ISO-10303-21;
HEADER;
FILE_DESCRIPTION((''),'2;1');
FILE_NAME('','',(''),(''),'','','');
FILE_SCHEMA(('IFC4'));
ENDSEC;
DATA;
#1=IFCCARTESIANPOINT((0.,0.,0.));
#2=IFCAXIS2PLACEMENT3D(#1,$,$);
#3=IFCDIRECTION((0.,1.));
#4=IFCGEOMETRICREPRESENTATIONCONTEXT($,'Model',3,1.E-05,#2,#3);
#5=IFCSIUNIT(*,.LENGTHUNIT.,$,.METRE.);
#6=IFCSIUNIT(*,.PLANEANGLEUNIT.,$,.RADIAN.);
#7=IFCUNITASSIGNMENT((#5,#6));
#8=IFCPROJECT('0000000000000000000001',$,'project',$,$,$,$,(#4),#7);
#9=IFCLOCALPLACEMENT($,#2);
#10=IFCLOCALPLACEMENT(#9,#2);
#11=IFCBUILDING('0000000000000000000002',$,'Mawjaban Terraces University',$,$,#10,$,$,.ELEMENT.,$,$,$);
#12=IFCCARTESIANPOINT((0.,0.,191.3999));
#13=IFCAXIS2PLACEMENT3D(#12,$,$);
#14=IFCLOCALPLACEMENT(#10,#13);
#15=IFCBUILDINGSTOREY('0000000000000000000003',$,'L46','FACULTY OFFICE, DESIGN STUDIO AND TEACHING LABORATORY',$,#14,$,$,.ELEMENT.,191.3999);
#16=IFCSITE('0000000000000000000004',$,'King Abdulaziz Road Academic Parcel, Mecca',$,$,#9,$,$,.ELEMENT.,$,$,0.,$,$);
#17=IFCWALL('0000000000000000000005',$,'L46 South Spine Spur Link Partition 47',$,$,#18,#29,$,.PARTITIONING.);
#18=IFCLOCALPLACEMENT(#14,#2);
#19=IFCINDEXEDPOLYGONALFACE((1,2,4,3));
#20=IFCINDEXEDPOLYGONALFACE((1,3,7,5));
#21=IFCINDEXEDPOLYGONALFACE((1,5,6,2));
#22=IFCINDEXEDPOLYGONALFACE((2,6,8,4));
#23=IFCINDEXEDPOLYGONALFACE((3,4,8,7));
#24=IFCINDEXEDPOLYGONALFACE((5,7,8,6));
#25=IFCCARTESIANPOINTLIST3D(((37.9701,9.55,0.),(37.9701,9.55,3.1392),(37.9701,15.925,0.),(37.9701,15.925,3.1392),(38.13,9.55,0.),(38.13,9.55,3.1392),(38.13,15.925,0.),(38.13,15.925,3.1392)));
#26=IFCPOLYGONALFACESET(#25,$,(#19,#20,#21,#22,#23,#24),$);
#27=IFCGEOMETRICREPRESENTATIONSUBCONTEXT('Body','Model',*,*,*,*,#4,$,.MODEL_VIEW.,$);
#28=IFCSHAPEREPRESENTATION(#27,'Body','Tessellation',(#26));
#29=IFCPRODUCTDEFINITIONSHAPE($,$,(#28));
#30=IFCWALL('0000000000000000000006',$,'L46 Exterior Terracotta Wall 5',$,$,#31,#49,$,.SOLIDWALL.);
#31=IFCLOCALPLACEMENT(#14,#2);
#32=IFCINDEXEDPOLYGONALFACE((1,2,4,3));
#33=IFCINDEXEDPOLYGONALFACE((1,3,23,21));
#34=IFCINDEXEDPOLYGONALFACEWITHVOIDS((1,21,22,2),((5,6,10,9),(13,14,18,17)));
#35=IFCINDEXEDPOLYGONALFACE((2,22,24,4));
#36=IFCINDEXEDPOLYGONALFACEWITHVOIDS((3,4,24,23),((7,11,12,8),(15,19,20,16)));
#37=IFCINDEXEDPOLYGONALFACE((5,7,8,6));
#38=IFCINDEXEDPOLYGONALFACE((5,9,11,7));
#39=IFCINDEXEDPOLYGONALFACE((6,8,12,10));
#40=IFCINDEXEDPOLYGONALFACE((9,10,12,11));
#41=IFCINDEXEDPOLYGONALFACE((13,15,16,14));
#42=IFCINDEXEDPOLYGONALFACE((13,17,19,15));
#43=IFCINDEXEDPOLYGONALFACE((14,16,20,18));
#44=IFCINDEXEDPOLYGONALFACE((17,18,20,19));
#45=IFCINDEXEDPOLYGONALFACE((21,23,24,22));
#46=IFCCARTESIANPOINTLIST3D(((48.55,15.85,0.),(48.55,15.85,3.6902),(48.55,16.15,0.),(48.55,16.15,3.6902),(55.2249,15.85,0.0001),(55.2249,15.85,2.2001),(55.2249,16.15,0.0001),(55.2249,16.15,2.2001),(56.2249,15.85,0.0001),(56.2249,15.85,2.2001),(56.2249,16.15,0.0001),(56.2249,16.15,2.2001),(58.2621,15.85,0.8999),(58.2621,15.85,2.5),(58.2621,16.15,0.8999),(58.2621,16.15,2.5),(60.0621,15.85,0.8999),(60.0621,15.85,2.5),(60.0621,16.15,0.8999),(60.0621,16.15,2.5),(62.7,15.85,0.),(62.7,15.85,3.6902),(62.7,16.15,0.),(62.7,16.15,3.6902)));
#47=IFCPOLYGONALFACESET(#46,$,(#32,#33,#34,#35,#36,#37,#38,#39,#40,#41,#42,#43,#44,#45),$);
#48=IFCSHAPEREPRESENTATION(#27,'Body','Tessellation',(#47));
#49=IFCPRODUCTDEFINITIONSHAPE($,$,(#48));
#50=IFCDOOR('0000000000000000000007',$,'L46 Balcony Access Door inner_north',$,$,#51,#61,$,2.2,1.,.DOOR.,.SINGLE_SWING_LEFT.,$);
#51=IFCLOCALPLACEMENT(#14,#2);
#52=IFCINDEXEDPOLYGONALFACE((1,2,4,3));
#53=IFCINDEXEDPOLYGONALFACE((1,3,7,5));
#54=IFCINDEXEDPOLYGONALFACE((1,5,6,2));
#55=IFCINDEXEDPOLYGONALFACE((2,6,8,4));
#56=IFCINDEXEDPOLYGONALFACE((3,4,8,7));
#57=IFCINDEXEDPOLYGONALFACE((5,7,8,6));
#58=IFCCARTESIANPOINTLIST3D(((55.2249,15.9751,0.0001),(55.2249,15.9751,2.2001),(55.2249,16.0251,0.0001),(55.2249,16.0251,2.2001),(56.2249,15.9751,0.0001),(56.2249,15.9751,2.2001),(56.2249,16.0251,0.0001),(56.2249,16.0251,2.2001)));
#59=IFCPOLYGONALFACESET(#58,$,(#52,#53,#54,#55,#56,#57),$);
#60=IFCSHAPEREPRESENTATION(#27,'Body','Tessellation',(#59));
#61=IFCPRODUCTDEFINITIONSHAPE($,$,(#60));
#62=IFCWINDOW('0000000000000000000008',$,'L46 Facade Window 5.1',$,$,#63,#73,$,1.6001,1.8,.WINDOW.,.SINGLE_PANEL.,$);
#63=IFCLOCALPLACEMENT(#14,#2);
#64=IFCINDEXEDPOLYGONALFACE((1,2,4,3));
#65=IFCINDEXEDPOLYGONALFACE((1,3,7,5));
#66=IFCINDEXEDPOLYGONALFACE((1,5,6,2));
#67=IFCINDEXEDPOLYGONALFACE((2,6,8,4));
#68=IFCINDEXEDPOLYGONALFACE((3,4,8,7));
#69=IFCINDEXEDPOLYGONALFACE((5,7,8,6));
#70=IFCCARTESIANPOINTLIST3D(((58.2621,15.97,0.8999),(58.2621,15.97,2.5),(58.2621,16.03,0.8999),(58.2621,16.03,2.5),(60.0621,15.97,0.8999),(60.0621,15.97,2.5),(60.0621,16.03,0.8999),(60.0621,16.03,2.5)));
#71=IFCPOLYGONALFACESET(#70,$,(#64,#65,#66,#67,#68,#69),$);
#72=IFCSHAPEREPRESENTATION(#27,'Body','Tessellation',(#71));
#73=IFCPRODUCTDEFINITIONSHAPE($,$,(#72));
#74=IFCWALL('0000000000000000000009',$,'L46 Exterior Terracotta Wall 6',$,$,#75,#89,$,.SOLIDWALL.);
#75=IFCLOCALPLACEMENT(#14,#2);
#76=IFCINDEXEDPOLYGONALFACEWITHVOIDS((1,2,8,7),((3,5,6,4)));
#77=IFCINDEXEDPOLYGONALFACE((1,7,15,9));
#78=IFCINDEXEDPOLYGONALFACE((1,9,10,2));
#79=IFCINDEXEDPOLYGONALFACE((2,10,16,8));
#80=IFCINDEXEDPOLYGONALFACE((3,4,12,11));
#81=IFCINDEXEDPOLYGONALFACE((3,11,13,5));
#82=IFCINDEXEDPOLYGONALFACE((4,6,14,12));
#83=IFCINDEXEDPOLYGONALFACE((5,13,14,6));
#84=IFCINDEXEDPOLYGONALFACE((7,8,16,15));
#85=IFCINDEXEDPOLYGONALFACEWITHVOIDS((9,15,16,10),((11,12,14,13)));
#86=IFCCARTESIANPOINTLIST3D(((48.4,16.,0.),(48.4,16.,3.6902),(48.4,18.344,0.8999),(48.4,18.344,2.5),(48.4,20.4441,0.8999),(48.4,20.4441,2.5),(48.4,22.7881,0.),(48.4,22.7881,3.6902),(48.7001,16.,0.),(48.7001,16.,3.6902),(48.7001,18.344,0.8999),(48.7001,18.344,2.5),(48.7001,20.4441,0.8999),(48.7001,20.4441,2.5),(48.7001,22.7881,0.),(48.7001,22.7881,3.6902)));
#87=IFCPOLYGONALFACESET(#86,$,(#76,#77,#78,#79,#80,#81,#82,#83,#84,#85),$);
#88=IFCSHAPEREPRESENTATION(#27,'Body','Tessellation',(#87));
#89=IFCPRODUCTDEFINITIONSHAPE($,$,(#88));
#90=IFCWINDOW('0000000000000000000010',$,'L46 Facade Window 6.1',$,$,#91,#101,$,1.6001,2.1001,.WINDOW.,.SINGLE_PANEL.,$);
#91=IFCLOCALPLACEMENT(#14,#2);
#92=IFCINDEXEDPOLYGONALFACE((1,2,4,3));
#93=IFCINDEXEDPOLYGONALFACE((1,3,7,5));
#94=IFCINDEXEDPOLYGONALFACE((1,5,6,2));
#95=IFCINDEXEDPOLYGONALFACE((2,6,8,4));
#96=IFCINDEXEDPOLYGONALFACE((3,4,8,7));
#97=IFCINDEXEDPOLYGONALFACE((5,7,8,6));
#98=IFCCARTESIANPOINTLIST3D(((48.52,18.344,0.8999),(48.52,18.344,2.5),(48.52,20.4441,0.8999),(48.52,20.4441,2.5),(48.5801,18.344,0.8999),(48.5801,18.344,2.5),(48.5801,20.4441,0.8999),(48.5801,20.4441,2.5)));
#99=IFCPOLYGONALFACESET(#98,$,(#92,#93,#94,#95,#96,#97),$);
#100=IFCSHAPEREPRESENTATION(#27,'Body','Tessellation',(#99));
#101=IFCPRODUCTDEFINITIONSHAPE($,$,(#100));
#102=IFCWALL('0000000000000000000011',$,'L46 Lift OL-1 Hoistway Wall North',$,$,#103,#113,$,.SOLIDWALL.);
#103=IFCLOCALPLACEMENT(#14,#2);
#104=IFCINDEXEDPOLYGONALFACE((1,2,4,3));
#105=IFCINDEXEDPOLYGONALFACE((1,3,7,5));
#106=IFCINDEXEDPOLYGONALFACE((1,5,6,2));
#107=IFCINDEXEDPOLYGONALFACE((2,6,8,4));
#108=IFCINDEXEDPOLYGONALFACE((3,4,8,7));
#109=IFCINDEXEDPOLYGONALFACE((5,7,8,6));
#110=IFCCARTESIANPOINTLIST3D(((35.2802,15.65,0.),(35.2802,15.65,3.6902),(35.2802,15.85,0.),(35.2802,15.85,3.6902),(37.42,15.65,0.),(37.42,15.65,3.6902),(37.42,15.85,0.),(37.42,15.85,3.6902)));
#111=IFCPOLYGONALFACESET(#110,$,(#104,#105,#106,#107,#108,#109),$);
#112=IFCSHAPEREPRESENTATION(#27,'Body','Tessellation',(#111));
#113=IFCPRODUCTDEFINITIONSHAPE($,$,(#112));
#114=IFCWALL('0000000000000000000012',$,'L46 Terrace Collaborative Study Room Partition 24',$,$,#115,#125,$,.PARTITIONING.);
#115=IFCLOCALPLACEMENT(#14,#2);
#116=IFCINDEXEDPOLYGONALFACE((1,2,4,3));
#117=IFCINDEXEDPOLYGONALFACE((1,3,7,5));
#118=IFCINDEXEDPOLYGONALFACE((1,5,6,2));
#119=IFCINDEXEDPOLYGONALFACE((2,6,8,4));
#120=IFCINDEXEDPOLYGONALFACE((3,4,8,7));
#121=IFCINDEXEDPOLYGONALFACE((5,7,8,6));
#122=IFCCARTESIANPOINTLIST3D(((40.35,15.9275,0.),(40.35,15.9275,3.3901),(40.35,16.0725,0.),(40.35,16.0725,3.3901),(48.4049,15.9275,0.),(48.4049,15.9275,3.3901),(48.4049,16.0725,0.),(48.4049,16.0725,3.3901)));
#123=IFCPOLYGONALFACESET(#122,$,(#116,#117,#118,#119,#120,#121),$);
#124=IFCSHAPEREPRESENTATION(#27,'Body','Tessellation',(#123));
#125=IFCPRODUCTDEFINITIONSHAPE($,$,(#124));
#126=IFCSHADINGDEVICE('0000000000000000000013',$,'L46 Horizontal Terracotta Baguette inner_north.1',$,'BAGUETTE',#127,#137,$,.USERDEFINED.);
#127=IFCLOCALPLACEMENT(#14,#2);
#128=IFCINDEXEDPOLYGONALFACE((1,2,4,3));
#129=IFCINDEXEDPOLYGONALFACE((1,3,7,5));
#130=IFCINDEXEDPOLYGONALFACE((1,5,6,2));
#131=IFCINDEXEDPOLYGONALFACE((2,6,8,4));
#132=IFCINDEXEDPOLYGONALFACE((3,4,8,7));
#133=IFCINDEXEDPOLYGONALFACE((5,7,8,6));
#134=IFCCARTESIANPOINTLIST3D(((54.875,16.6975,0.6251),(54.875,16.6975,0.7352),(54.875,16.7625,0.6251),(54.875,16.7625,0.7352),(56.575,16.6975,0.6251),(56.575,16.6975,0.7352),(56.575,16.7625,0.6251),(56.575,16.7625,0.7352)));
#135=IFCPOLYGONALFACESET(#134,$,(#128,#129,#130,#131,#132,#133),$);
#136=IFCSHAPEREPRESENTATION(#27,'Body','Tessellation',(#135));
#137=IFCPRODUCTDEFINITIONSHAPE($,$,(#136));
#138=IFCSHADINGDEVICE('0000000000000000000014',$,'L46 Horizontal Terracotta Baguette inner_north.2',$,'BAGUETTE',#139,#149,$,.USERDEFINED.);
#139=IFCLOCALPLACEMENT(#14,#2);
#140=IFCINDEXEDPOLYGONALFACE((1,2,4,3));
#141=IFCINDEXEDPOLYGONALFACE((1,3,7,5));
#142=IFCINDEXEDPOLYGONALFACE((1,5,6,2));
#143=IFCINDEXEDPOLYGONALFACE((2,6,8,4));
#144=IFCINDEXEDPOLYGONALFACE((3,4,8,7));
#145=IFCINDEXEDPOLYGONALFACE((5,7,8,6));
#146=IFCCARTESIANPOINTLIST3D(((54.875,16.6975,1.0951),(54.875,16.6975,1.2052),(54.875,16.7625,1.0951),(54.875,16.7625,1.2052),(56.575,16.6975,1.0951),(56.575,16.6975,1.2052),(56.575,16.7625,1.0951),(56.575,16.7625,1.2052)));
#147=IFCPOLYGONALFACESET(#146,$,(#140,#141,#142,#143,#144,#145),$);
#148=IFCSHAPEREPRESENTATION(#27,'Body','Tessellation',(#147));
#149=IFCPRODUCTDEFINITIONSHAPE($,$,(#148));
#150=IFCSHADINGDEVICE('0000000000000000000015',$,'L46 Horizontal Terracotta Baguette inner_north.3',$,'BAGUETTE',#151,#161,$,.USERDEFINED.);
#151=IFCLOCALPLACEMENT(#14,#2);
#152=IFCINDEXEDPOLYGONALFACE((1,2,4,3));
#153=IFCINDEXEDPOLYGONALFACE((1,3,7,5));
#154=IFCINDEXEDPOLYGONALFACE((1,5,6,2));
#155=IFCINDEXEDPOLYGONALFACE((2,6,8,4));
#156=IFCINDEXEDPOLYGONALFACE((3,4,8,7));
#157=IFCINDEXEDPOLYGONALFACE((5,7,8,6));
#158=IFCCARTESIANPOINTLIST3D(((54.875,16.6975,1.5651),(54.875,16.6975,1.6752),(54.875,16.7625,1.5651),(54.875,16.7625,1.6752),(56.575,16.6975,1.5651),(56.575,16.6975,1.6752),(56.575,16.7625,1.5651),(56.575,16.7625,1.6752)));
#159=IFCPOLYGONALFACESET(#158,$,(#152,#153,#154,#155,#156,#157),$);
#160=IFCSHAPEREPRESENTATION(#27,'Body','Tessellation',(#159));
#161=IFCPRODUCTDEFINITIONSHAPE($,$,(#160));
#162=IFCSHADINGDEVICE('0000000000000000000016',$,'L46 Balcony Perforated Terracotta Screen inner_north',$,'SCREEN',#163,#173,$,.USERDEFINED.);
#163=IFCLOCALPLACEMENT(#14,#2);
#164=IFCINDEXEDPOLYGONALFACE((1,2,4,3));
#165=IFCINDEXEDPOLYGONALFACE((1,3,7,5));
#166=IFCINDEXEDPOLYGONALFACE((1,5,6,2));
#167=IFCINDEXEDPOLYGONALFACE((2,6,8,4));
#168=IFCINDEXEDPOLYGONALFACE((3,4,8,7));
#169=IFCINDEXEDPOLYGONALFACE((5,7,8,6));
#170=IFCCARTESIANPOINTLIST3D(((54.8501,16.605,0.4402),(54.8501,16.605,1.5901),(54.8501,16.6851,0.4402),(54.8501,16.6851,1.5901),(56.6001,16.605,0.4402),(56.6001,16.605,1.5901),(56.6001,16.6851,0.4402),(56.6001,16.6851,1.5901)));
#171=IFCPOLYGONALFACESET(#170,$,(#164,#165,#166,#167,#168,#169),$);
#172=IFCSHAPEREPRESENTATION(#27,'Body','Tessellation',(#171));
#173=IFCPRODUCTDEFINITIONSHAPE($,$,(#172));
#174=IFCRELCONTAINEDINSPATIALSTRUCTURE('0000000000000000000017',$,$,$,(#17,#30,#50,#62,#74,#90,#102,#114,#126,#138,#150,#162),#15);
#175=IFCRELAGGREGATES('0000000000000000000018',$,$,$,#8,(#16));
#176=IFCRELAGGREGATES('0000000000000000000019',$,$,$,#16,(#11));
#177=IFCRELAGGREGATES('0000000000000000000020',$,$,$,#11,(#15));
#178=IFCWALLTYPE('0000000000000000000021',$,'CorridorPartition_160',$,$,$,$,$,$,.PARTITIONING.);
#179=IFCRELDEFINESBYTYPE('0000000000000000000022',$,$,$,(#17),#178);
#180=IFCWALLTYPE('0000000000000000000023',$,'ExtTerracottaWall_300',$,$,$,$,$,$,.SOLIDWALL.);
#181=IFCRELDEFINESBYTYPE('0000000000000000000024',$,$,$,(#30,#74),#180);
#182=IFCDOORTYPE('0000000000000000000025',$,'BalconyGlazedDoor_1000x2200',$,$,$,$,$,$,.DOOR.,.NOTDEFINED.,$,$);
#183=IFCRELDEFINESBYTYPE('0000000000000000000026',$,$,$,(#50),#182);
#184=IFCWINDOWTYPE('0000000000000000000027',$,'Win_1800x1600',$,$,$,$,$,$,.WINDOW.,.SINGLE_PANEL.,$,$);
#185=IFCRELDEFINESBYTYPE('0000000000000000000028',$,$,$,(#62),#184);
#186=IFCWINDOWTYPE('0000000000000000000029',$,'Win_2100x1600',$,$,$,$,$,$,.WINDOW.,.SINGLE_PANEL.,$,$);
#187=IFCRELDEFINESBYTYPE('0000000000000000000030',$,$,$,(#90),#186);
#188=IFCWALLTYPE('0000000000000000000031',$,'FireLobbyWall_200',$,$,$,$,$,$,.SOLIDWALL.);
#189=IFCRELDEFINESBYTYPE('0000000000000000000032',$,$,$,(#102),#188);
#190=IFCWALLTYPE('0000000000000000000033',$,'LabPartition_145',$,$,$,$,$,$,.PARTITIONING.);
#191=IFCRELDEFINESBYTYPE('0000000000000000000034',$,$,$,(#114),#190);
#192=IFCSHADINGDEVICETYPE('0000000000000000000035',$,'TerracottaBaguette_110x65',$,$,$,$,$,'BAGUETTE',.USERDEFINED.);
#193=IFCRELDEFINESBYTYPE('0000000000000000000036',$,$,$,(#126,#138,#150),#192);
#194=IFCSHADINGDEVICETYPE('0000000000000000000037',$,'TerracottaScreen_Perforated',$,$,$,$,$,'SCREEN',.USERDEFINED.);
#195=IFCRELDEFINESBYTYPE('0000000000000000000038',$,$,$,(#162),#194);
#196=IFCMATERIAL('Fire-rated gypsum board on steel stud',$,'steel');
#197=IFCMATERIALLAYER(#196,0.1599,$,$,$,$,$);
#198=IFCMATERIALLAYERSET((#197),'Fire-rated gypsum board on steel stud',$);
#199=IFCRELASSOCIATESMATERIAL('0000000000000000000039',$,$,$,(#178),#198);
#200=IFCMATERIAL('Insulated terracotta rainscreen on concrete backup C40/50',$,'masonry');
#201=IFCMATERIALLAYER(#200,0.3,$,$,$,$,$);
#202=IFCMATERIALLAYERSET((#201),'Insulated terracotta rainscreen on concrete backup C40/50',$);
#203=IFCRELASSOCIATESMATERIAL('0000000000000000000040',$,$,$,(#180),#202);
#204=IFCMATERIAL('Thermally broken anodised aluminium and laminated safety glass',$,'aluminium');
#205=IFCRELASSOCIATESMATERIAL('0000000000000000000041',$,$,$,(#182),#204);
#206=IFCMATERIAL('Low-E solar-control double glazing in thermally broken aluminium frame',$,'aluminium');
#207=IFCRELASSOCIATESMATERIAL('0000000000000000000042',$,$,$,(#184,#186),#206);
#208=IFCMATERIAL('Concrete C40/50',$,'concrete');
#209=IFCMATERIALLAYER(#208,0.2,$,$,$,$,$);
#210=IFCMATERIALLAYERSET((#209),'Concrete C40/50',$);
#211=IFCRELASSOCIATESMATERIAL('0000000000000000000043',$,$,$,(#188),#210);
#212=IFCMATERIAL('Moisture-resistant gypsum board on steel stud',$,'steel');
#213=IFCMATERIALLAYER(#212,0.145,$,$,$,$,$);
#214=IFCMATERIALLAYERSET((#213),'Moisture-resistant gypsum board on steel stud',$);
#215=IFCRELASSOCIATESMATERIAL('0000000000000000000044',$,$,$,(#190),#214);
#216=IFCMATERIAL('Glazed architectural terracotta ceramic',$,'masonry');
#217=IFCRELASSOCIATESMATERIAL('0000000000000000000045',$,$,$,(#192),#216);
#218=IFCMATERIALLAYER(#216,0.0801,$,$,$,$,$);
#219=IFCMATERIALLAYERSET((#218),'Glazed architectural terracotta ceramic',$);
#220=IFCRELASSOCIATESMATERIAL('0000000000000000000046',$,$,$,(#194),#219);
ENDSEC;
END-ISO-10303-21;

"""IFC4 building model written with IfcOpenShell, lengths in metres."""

from ifc_helpers import new_model, si_unit, direction, frame, frame_2d, origin, origin_2d, place, context, subcontext, project, spatial, rectangle, extrude, material, layer, layer_set, material_profile, profile_set, type_object, element, fill, save


model = new_model("IFC4")

# Units and contexts
model_context = context("Model", 3, precision=1e-05, world=origin(), true_north=direction((0.0, 1.0)))
body_context = subcontext(model_context, "Body", "Model", "MODEL_VIEW")
ifc_project = project(units=[si_unit("LENGTHUNIT", "METRE"), si_unit("PLANEANGLEUNIT", "RADIAN")], contexts=[model_context])

# Site, building, storey
site_placement = place(None, origin())
site = spatial("IfcSite", under=ifc_project, at=site_placement, Name="King Abdulaziz Road Academic Parcel, Mecca", CompositionType="ELEMENT", RefElevation=0.0)
building_placement = place(site_placement, origin())
building = spatial("IfcBuilding", under=site, at=building_placement, Name="Mawjaban Terraces University", CompositionType="ELEMENT")
storey_placement = place(building_placement, frame((0.0, 0.0, 191.3999)))
storey = spatial("IfcBuildingStorey", under=building, at=storey_placement, Name="L46", Description="FACULTY OFFICE, DESIGN STUDIO AND TEACHING LABORATORY", CompositionType="ELEMENT", Elevation=191.3999)

# Shared definitions
ifc_material_1 = material(Name="Fire-rated gypsum board on steel stud", Category="steel")
ifc_layer_1 = layer(ifc_material_1, 0.1599)
ifc_layer_set_1 = layer_set([ifc_layer_1], Name="Fire-rated gypsum board on steel stud")
wall_type_1 = type_object("IfcWallType", Name="CorridorPartition_160", PredefinedType="PARTITIONING", material=ifc_layer_set_1)

# Wall
wall_1_placement = place(storey_placement, frame((38.05, 15.925, 0.0), z_axis=(0.0, 0.0, 1.0), x_axis=(0.0, -1.0, 0.0)))
element("IfcWall", 1, at=wall_1_placement, inside=storey, type_object=wall_type_1, Name="L46 South Spine Spur Link Partition 47", PredefinedType="PARTITIONING", context=body_context, shape_type="SweptSolid", body=[
    extrude(rectangle(XDim=6.375, YDim=0.1599, at=frame_2d((3.1875, 0.0))), origin(), (0.0, 0.0, 1.0), 3.1392),
])

# Wall, openings, door, window
ifc_material_2 = material(Name="Insulated terracotta rainscreen on concrete backup C40/50", Category="masonry")
ifc_layer_2 = layer(ifc_material_2, 0.3)
ifc_layer_set_2 = layer_set([ifc_layer_2], Name="Insulated terracotta rainscreen on concrete backup C40/50")
wall_type_2 = type_object("IfcWallType", Name="ExtTerracottaWall_300", PredefinedType="SOLIDWALL", material=ifc_layer_set_2)
wall_2_placement = place(storey_placement, frame((62.7, 16.0, 0.0), z_axis=(0.0, 0.0, 1.0), x_axis=(-1.0, 0.0, 0.0)))
wall_2 = element("IfcWall", 2, at=wall_2_placement, inside=storey, type_object=wall_type_2, Name="L46 Exterior Terracotta Wall 5", PredefinedType="SOLIDWALL", context=body_context, shape_type="SweptSolid", body=[
    extrude(rectangle(XDim=14.1499, YDim=0.3, at=frame_2d((7.075, 0.0))), origin(), (0.0, 0.0, 1.0), 3.6902),
])
opening_1_placement = place(wall_2_placement, frame((6.4751, 0.0, 0.0)))
opening_1 = element("IfcOpeningElement", 3, at=opening_1_placement, cuts=wall_2, PredefinedType="OPENING", context=body_context, shape_type="SweptSolid", body=[
    extrude(rectangle(XDim=1.0, YDim=2.2, at=frame_2d((0.5, 1.1001))), frame((0.0, 0.1599, 0.0), z_axis=(0.0, -1.0, 0.0), x_axis=(1.0, 0.0, 0.0)), (0.0, 0.0, 1.0), 0.3201),
])
opening_2_placement = place(wall_2_placement, frame((2.6379, 0.0, 0.8999)))
opening_2 = element("IfcOpeningElement", 4, at=opening_2_placement, cuts=wall_2, PredefinedType="OPENING", context=body_context, shape_type="SweptSolid", body=[
    extrude(rectangle(XDim=1.8, YDim=1.6001, at=frame_2d((0.8999, 0.8))), frame((0.0, 0.1599, 0.0), z_axis=(0.0, -1.0, 0.0), x_axis=(1.0, 0.0, 0.0)), (0.0, 0.0, 1.0), 0.3201),
])
ifc_material_3 = material(Name="Thermally broken anodised aluminium and laminated safety glass", Category="aluminium")
door_type_1 = type_object("IfcDoorType", Name="BalconyGlazedDoor_1000x2200", OperationType="NOTDEFINED", PredefinedType="DOOR", material=ifc_material_3)
door_1_placement = place(opening_1_placement, origin())
door_1 = element("IfcDoor", 5, at=door_1_placement, inside=storey, type_object=door_type_1, Name="L46 Balcony Access Door inner_north", OperationType="SINGLE_SWING_LEFT", OverallHeight=2.2, OverallWidth=1.0, PredefinedType="DOOR", context=body_context, shape_type="SweptSolid", body=[
    extrude(rectangle(XDim=1.0, YDim=2.2, at=frame_2d((0.5, 1.1001))), frame((0.0, 0.0249, 0.0), z_axis=(0.0, -1.0, 0.0), x_axis=(1.0, 0.0, 0.0)), (0.0, 0.0, 1.0), 0.05),
])
fill(opening_1, door_1)
ifc_material_4 = material(Name="Low-E solar-control double glazing in thermally broken aluminium frame", Category="aluminium")
window_type_1 = type_object("IfcWindowType", Name="Win_1800x1600", PartitioningType="SINGLE_PANEL", PredefinedType="WINDOW", material=ifc_material_4)
window_1_placement = place(opening_2_placement, origin())
window_1 = element("IfcWindow", 6, at=window_1_placement, inside=storey, type_object=window_type_1, Name="L46 Facade Window 5.1", OverallHeight=1.6001, OverallWidth=1.8, PartitioningType="SINGLE_PANEL", PredefinedType="WINDOW", context=body_context, shape_type="SweptSolid", body=[
    extrude(rectangle(XDim=1.8, YDim=1.6001, at=frame_2d((0.8999, 0.8))), frame((0.0, 0.03, 0.0), z_axis=(0.0, -1.0, 0.0), x_axis=(1.0, 0.0, 0.0)), (0.0, 0.0, 1.0), 0.0601),
])
fill(opening_2, window_1)

# Wall, opening, window
wall_3_placement = place(storey_placement, frame((48.55, 16.0, 0.0), z_axis=(0.0, 0.0, 1.0), x_axis=(0.0, 1.0, 0.0)))
wall_3 = element("IfcWall", 7, at=wall_3_placement, inside=storey, type_object=wall_type_2, Name="L46 Exterior Terracotta Wall 6", PredefinedType="SOLIDWALL", context=body_context, shape_type="SweptSolid", body=[
    extrude(rectangle(XDim=6.7881, YDim=0.3, at=frame_2d((3.394, 0.0))), origin(), (0.0, 0.0, 1.0), 3.6902),
])
opening_3_placement = place(wall_3_placement, frame((2.344, 0.0, 0.8999)))
opening_3 = element("IfcOpeningElement", 8, at=opening_3_placement, cuts=wall_3, PredefinedType="OPENING", context=body_context, shape_type="SweptSolid", body=[
    extrude(rectangle(XDim=2.1001, YDim=1.6001, at=frame_2d((1.05, 0.8))), frame((0.0, 0.1599, 0.0), z_axis=(0.0, -1.0, 0.0), x_axis=(1.0, 0.0, 0.0)), (0.0, 0.0, 1.0), 0.3201),
])
window_type_2 = type_object("IfcWindowType", Name="Win_2100x1600", PartitioningType="SINGLE_PANEL", PredefinedType="WINDOW", material=ifc_material_4)
window_2_placement = place(opening_3_placement, origin())
window_2 = element("IfcWindow", 9, at=window_2_placement, inside=storey, type_object=window_type_2, Name="L46 Facade Window 6.1", OverallHeight=1.6001, OverallWidth=2.1001, PartitioningType="SINGLE_PANEL", PredefinedType="WINDOW", context=body_context, shape_type="SweptSolid", body=[
    extrude(rectangle(XDim=2.1001, YDim=1.6001, at=frame_2d((1.05, 0.8))), frame((0.0, 0.03, 0.0), z_axis=(0.0, -1.0, 0.0), x_axis=(1.0, 0.0, 0.0)), (0.0, 0.0, 1.0), 0.0601),
])
fill(opening_3, window_2)

# Walls
ifc_material_5 = material(Name="Concrete C40/50", Category="concrete")
ifc_layer_3 = layer(ifc_material_5, 0.2)
ifc_layer_set_3 = layer_set([ifc_layer_3], Name="Concrete C40/50")
wall_type_3 = type_object("IfcWallType", Name="FireLobbyWall_200", PredefinedType="SOLIDWALL", material=ifc_layer_set_3)
wall_4_placement = place(storey_placement, frame((37.4199, 15.75, 0.0), z_axis=(0.0, 0.0, 1.0), x_axis=(-1.0, 0.0, 0.0)))
element("IfcWall", 10, at=wall_4_placement, inside=storey, type_object=wall_type_3, Name="L46 Lift OL-1 Hoistway Wall North", PredefinedType="SOLIDWALL", context=body_context, shape_type="SweptSolid", body=[
    extrude(rectangle(XDim=2.1399, YDim=0.2, at=frame_2d((1.0698, 0.0))), origin(), (0.0, 0.0, 1.0), 3.6902),
])
ifc_material_6 = material(Name="Moisture-resistant gypsum board on steel stud", Category="steel")
ifc_layer_4 = layer(ifc_material_6, 0.145)
ifc_layer_set_4 = layer_set([ifc_layer_4], Name="Moisture-resistant gypsum board on steel stud")
wall_type_4 = type_object("IfcWallType", Name="LabPartition_145", PredefinedType="PARTITIONING", material=ifc_layer_set_4)
wall_5_placement = place(storey_placement, frame((40.3501, 16.0, 0.0), z_axis=(0.0, 0.0, 1.0), x_axis=(1.0, 0.0, 0.0)))
element("IfcWall", 11, at=wall_5_placement, inside=storey, type_object=wall_type_4, Name="L46 Terrace Collaborative Study Room Partition 24", PredefinedType="PARTITIONING", context=body_context, shape_type="SweptSolid", body=[
    extrude(rectangle(XDim=8.0549, YDim=0.145, at=frame_2d((4.0273, 0.0))), origin(), (0.0, 0.0, 1.0), 3.3901),
])

# Shading devices
ifc_material_7 = material(Name="Glazed architectural terracotta ceramic", Category="masonry")
ifc_material_profile_1 = material_profile(ifc_material_7, rectangle(XDim=0.0649, YDim=0.1101, at=origin_2d()), Name="TBAG110X65")
ifc_profile_set_1 = profile_set([ifc_material_profile_1], Name="Glazed architectural terracotta ceramic")
shading_device_type_1 = type_object("IfcShadingDeviceType", Name="TerracottaBaguette_110x65", ElementType="BAGUETTE", PredefinedType="USERDEFINED", material=ifc_profile_set_1)
for number, where, z_axis, x_axis, name in (
    (12, (54.875, 16.73, 0.6802), (1.0, 0.0, 0.0), (0.0, 1.0, 0.0), "L46 Horizontal Terracotta Baguette inner_north.1"),
    (13, (54.875, 16.73, 1.1501), (1.0, 0.0, 0.0), (0.0, 1.0, 0.0), "L46 Horizontal Terracotta Baguette inner_north.2"),
    (14, (54.875, 16.73, 1.6201), (1.0, 0.0, 0.0), (0.0, 1.0, 0.0), "L46 Horizontal Terracotta Baguette inner_north.3"),
):
    element("IfcShadingDevice", number, at=place(storey_placement, frame(where, z_axis=z_axis, x_axis=x_axis)), inside=storey, type_object=shading_device_type_1, Name=name, ObjectType="BAGUETTE", PredefinedType="USERDEFINED", context=body_context, shape_type="SweptSolid", body=[
        extrude(rectangle(XDim=0.0649, YDim=0.1101, at=origin_2d()), origin(), (0.0, 0.0, 1.0), 1.7),
    ])
ifc_layer_5 = layer(ifc_material_7, 0.0801)
ifc_layer_set_5 = layer_set([ifc_layer_5], Name="Glazed architectural terracotta ceramic")
shading_device_type_2 = type_object("IfcShadingDeviceType", Name="TerracottaScreen_Perforated", ElementType="SCREEN", PredefinedType="USERDEFINED", material=ifc_layer_set_5)
shading_device_placement = place(storey_placement, frame((55.7251, 16.645, 0.4402), z_axis=(0.0, 0.0, 1.0), x_axis=(1.0, 0.0, 0.0)))
element("IfcShadingDevice", 15, at=shading_device_placement, inside=storey, type_object=shading_device_type_2, Name="L46 Balcony Perforated Terracotta Screen inner_north", ObjectType="SCREEN", PredefinedType="USERDEFINED", context=body_context, shape_type="SweptSolid", body=[
    extrude(rectangle(XDim=1.75, YDim=0.0801, at=origin_2d()), origin(), (0.0, 0.0, 1.0), 1.1499),
])

save(model, "model.ifc")
